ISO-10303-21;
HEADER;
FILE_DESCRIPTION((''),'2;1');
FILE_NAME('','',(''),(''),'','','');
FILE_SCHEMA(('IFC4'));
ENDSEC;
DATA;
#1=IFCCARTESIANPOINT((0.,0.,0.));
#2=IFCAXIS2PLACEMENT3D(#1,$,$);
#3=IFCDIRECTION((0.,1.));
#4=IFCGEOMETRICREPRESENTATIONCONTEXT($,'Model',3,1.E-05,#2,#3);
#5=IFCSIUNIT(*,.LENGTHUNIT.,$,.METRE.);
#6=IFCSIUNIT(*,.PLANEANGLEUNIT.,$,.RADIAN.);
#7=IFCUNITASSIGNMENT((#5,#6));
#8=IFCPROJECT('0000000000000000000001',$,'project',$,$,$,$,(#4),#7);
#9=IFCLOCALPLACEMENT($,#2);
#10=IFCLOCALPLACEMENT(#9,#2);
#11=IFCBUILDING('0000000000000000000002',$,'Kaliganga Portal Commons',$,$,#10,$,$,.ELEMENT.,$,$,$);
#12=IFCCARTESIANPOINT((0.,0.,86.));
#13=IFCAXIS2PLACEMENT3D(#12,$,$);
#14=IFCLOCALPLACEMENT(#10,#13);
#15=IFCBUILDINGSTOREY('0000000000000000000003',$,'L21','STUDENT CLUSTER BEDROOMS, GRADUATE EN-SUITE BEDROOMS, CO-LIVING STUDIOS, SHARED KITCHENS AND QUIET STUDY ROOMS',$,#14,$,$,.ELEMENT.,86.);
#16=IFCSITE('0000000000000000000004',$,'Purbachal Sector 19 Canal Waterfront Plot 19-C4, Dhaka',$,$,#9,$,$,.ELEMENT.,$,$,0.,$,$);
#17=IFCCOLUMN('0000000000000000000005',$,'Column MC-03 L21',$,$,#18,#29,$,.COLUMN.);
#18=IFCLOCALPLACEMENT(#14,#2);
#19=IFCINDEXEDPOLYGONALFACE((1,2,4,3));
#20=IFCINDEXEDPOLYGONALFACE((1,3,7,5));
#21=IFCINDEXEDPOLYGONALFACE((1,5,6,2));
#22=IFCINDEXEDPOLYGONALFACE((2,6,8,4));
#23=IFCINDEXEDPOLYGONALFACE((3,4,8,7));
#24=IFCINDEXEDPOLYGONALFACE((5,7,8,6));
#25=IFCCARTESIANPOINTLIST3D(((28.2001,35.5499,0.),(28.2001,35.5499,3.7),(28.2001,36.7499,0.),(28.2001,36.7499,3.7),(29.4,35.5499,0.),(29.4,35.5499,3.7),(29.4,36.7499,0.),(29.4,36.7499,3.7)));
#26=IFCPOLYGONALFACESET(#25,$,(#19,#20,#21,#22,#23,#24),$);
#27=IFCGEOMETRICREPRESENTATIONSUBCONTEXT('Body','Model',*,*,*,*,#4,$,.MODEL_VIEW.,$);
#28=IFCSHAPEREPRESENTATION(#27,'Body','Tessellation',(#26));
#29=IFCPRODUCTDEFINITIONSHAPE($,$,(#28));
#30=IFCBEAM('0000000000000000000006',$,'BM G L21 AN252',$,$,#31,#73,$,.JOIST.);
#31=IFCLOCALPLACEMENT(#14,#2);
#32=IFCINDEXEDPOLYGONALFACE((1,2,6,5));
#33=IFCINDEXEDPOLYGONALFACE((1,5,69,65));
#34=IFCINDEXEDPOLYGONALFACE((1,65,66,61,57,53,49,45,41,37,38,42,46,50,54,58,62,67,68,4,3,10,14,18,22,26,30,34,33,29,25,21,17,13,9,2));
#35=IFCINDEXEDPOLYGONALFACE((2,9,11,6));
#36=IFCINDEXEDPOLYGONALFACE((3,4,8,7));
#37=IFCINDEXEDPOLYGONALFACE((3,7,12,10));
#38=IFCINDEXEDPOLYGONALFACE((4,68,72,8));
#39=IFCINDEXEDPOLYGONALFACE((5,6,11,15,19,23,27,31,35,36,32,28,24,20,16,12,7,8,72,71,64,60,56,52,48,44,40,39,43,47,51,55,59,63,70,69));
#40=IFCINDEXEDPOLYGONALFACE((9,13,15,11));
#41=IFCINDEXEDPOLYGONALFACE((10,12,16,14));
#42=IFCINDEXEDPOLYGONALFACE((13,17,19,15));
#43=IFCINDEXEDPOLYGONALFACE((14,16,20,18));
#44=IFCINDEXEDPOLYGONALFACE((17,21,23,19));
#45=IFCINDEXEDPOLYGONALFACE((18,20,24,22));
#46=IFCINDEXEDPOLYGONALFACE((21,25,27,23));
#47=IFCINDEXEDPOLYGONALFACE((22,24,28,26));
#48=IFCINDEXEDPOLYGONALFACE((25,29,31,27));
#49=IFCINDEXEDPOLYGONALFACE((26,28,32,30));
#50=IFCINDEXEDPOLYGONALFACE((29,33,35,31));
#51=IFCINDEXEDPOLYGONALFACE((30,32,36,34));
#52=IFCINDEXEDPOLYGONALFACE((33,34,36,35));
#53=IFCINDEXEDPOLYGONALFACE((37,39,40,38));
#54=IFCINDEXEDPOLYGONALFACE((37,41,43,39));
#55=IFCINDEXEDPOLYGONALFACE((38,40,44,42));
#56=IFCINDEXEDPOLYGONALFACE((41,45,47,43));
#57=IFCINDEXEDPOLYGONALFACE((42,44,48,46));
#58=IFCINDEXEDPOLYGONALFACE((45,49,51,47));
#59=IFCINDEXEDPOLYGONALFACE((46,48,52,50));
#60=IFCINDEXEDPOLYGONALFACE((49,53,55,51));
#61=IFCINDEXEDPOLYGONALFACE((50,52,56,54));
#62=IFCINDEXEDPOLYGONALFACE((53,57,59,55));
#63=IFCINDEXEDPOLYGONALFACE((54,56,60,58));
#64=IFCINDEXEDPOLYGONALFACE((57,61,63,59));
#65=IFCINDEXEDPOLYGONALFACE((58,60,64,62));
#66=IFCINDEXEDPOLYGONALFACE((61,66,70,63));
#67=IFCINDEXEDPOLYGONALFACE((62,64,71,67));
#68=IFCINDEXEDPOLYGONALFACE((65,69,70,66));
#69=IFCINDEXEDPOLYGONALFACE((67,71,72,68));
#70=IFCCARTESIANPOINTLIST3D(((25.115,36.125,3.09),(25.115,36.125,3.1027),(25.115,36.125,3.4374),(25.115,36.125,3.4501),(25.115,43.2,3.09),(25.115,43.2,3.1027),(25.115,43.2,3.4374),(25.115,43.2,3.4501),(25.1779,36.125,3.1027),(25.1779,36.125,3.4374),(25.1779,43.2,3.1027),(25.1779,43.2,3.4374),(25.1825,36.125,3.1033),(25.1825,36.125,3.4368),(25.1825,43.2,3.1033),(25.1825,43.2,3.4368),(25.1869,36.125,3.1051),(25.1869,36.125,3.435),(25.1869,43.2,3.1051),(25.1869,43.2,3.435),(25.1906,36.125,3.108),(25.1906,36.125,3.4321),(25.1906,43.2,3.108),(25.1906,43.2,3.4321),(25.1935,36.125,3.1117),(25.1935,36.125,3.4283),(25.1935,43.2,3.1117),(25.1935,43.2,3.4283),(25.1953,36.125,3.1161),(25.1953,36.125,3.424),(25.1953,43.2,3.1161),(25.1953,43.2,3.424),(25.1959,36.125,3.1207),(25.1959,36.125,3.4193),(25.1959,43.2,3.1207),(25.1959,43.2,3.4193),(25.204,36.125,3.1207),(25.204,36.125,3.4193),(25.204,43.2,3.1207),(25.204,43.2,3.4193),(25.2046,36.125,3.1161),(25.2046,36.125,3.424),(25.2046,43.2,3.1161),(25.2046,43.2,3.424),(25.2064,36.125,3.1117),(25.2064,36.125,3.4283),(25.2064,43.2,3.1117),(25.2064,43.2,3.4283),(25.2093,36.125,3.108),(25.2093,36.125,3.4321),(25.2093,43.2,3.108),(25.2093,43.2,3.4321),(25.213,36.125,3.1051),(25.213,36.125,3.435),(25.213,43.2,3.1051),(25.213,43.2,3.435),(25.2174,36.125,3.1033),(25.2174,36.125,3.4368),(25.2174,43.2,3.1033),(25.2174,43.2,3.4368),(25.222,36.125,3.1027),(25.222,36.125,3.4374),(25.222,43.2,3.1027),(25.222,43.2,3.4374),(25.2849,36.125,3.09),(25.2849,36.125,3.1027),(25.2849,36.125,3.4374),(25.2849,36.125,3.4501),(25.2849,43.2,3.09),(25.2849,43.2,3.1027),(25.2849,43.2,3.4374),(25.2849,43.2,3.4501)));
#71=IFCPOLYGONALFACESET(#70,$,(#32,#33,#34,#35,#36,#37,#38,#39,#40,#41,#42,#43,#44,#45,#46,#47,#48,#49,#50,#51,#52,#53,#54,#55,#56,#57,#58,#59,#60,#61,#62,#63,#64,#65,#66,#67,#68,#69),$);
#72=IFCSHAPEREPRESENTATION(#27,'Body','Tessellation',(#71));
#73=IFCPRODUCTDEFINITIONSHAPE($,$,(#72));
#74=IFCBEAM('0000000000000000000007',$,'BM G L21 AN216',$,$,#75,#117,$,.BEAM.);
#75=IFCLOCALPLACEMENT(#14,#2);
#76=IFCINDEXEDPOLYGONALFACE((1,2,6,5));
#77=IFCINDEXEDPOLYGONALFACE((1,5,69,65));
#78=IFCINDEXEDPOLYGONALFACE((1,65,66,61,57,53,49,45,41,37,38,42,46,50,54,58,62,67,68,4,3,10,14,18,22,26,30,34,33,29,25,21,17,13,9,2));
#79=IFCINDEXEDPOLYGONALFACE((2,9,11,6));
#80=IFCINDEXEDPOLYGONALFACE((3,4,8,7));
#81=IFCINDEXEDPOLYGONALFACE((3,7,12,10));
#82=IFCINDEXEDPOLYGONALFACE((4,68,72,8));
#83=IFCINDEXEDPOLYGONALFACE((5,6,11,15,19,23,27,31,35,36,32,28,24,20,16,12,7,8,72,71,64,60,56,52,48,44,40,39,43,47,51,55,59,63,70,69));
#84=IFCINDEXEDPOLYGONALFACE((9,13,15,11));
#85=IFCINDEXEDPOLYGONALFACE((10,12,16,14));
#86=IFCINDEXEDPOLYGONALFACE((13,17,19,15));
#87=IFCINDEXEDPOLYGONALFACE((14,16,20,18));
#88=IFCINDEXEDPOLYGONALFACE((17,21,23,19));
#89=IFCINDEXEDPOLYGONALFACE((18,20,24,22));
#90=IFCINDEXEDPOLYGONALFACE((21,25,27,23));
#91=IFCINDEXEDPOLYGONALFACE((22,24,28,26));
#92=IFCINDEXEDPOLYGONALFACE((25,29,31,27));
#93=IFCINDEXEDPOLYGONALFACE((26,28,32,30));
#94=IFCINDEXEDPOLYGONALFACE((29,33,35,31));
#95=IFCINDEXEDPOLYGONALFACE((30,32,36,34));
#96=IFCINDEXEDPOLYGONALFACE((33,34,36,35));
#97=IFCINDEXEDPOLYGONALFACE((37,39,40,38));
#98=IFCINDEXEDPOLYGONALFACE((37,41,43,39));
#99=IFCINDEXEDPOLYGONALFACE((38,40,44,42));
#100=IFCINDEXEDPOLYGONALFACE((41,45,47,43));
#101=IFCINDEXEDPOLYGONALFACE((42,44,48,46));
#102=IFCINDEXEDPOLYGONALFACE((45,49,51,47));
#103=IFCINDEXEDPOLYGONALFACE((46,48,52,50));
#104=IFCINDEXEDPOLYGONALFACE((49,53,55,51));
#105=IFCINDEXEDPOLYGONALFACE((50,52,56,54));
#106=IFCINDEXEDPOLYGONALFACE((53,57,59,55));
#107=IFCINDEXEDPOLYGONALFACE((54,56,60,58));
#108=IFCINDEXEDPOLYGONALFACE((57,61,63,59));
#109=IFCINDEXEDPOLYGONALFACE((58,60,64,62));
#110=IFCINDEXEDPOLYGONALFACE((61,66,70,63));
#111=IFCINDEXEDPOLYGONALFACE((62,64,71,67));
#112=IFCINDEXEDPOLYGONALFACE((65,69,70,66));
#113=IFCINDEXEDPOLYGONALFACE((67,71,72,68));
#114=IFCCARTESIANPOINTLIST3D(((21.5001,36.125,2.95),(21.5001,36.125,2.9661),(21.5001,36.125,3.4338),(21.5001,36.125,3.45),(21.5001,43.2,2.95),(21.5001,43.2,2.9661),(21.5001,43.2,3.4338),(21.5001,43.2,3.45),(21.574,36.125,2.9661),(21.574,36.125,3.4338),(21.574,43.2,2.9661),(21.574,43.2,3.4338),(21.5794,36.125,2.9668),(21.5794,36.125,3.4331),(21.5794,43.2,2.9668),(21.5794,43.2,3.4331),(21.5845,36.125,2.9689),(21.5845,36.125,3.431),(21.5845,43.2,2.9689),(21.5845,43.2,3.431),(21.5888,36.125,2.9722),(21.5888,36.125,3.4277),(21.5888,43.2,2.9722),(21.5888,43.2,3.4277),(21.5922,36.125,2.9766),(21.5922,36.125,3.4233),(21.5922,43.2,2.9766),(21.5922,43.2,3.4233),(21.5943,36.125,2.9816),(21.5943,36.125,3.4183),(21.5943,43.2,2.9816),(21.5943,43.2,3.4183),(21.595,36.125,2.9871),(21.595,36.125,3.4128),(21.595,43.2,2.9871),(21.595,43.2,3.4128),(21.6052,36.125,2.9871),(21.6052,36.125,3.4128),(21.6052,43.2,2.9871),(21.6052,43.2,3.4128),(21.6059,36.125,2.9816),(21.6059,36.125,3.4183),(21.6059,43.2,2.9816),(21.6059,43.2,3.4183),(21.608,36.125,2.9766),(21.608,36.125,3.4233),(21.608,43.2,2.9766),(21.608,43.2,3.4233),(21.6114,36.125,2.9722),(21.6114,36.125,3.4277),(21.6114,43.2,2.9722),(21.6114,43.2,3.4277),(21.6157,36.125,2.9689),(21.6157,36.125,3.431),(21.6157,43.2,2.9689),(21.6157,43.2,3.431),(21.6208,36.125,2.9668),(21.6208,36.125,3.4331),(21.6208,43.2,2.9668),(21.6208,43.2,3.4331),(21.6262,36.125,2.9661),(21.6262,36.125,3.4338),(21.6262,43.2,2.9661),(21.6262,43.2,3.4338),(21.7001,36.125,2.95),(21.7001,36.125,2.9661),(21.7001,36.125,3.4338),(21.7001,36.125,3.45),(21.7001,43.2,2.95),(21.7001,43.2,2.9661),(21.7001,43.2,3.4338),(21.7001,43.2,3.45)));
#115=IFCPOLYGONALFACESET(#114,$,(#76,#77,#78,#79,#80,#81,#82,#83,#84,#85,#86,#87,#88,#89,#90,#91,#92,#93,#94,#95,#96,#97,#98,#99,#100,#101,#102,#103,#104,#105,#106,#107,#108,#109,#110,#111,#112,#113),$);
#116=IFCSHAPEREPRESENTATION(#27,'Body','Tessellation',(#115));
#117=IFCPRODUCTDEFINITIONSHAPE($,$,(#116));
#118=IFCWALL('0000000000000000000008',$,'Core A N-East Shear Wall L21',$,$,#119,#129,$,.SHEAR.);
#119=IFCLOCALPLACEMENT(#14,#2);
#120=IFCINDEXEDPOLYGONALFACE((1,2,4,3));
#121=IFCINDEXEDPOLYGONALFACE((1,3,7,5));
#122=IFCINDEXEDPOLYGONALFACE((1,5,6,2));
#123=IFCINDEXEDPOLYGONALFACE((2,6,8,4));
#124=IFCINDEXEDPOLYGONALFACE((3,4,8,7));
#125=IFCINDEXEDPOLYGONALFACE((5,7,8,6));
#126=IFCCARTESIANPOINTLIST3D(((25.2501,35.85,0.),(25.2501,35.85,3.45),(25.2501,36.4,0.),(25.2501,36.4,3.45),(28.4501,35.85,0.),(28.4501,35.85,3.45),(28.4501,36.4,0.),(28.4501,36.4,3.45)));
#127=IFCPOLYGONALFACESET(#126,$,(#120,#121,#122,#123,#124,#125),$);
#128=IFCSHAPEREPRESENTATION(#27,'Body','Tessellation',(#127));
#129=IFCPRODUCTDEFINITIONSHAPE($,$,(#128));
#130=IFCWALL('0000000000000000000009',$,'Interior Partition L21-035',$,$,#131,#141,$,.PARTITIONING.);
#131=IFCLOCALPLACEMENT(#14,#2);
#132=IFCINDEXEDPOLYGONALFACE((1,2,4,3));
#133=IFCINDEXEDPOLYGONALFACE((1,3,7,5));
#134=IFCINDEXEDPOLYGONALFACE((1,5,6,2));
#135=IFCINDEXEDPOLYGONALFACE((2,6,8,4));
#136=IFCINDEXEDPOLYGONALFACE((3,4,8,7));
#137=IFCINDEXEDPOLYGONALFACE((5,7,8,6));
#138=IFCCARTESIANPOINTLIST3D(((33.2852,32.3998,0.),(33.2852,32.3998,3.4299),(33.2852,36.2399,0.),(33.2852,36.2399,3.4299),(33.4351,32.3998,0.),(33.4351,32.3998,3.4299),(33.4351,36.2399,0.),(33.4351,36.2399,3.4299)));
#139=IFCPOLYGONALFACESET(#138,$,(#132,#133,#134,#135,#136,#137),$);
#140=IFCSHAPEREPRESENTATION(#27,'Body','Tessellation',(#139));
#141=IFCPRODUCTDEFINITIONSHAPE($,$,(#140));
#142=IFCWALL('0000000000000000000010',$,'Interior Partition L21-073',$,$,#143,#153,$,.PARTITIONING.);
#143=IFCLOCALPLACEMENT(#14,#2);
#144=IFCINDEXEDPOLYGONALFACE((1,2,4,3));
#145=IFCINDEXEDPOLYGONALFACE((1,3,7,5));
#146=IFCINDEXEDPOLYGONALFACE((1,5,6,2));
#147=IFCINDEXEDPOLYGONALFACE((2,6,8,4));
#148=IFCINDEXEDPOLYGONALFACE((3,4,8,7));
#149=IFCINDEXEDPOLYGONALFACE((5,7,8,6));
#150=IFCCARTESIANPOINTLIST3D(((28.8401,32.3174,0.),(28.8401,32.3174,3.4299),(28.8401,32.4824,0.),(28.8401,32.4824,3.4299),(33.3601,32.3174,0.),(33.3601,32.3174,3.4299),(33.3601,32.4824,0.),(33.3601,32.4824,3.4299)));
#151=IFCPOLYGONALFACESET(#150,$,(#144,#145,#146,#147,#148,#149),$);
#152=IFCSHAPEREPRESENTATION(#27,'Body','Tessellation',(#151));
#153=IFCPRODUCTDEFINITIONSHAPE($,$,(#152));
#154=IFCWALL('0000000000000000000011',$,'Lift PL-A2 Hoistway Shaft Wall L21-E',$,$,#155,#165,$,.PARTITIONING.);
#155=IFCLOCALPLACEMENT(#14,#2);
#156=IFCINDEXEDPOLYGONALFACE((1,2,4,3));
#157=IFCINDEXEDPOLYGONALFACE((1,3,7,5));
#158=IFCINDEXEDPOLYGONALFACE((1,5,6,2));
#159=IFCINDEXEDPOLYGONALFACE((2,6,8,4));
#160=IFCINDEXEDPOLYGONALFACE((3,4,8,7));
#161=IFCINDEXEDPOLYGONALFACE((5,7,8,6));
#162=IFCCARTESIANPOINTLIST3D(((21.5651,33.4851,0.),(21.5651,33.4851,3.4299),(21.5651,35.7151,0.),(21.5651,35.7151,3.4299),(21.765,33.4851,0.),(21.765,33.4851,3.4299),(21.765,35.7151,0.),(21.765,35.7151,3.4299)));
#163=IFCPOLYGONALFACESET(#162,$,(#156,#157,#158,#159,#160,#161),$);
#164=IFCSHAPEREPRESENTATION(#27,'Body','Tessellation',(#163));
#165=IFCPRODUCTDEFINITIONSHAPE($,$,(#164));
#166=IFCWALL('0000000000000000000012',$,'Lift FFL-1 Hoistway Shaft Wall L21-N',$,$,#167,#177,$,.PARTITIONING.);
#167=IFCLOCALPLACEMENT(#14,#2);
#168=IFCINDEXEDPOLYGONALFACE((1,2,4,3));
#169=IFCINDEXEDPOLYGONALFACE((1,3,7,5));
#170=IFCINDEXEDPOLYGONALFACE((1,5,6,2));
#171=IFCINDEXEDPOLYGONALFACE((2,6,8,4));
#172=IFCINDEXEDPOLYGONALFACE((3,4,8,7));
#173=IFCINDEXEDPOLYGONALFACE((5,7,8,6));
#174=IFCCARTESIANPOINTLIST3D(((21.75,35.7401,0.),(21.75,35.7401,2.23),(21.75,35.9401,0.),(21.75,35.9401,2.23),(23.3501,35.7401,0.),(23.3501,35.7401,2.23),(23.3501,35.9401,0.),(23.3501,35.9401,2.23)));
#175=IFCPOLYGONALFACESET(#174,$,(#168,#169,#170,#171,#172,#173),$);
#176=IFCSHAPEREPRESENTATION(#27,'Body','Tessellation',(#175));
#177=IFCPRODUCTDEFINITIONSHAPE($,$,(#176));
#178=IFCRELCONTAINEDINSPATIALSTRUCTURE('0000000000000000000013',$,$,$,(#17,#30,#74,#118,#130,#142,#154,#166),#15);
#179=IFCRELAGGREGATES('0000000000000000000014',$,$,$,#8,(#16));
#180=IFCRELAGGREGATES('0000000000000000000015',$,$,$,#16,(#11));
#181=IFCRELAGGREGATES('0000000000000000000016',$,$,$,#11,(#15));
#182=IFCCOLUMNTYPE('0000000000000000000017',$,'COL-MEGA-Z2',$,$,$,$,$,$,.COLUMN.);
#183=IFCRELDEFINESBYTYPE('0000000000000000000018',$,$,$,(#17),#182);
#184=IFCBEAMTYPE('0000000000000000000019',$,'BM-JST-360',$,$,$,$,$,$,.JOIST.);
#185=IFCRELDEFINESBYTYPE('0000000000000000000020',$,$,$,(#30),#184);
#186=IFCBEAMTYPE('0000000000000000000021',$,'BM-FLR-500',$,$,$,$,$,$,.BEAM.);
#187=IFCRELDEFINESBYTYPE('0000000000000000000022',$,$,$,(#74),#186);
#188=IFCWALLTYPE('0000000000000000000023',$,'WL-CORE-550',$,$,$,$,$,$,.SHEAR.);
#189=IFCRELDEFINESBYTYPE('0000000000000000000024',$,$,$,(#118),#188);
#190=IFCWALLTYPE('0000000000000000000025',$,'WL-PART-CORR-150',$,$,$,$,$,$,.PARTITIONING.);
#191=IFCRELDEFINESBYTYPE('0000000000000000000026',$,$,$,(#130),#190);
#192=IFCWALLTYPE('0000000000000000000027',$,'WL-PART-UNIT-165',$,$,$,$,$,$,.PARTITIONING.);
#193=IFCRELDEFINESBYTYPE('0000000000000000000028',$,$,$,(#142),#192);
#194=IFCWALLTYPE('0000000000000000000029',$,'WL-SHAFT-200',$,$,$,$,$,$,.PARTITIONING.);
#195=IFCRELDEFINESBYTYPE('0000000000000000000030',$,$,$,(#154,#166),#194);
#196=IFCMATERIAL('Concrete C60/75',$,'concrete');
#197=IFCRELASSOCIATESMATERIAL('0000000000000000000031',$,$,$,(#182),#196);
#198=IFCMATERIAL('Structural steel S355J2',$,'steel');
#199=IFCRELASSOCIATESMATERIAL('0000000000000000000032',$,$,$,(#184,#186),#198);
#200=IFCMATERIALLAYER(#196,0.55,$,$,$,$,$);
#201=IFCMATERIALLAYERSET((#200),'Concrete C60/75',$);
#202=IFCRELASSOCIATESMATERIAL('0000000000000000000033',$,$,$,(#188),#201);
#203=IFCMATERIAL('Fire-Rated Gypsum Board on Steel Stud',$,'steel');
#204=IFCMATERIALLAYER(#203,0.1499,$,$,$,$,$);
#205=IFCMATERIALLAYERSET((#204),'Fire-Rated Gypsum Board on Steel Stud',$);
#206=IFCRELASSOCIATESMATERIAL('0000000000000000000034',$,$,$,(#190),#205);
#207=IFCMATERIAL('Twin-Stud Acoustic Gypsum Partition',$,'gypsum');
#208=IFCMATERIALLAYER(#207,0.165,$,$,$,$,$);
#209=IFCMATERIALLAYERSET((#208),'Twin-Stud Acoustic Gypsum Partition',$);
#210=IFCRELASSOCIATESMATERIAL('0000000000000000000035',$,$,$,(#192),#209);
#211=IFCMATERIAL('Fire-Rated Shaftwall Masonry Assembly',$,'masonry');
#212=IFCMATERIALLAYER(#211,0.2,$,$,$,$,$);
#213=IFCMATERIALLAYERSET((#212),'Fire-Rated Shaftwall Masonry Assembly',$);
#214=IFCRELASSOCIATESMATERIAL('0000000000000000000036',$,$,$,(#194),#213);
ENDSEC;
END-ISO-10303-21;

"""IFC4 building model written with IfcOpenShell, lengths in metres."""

from ifc_helpers import new_model, si_unit, direction, frame, frame_2d, origin, origin_2d, place, context, subcontext, project, spatial, rectangle, i_section, extrude, source, transform, mapped, material, layer, layer_set, material_profile, profile_set, type_object, element, save


model = new_model("IFC4")

# Units and contexts
model_context = context("Model", 3, precision=1e-05, world=origin(), true_north=direction((0.0, 1.0)))
body_context = subcontext(model_context, "Body", "Model", "MODEL_VIEW")
ifc_project = project(units=[si_unit("LENGTHUNIT", "METRE"), si_unit("PLANEANGLEUNIT", "RADIAN")], contexts=[model_context])

# Site, building, storey
site_placement = place(None, origin())
site = spatial("IfcSite", under=ifc_project, at=site_placement, Name="Purbachal Sector 19 Canal Waterfront Plot 19-C4, Dhaka", CompositionType="ELEMENT", RefElevation=0.0)
building_placement = place(site_placement, origin())
building = spatial("IfcBuilding", under=site, at=building_placement, Name="Kaliganga Portal Commons", CompositionType="ELEMENT")
storey_placement = place(building_placement, frame((0.0, 0.0, 86.0)))
storey = spatial("IfcBuildingStorey", under=building, at=storey_placement, Name="L21", Description="STUDENT CLUSTER BEDROOMS, GRADUATE EN-SUITE BEDROOMS, CO-LIVING STUDIOS, SHARED KITCHENS AND QUIET STUDY ROOMS", CompositionType="ELEMENT", Elevation=86.0)

# Column
ifc_material_1 = material(Name="Concrete C60/75", Category="concrete")
ifc_material_profile_1 = material_profile(ifc_material_1, rectangle(XDim=1.2, YDim=1.2, at=origin_2d()), Name="RC 1200x1200")
ifc_profile_set_1 = profile_set([ifc_material_profile_1], Name="Concrete C60/75")
column_type = type_object("IfcColumnType", Name="COL-MEGA-Z2", PredefinedType="COLUMN", material=ifc_profile_set_1)
shared_shape_1 = source(origin(), body_context, "Body", "SweptSolid", [
    extrude(rectangle(XDim=1.2, YDim=1.2, at=origin_2d()), origin(), (0.0, 0.0, 1.0), 3.7),
])
column_placement = place(storey_placement, frame((28.8, 36.1499, 0.0), z_axis=(0.0, 0.0, 1.0), x_axis=(1.0, 0.0, 0.0)))
element("IfcColumn", 1, at=column_placement, inside=storey, type_object=column_type, Name="Column MC-03 L21", PredefinedType="COLUMN", context=body_context, shape_type="MappedRepresentation", body=[
    mapped(shared_shape_1, transform((0.0, 0.0, 0.0), x_axis=(1.0, 0.0, 0.0), y_axis=(0.0, 1.0, 0.0), z_axis=(0.0, 0.0, 1.0), scale=1.0)),
])

# Beams
ifc_material_2 = material(Name="Structural steel S355J2", Category="steel")
ifc_material_profile_2 = material_profile(ifc_material_2, i_section(OverallWidth=0.1699, OverallDepth=0.3601, WebThickness=0.0081, FlangeThickness=0.0127, FilletRadius=0.0181, at=origin_2d()), Name="IPE 360")
ifc_profile_set_2 = profile_set([ifc_material_profile_2], Name="Structural steel S355J2 wide-flange")
beam_type_1 = type_object("IfcBeamType", Name="BM-JST-360", PredefinedType="JOIST", material=ifc_profile_set_2)
shared_shape_2 = source(origin(), body_context, "Body", "SweptSolid", [
    extrude(i_section(OverallWidth=0.1699, OverallDepth=0.3601, WebThickness=0.0081, FlangeThickness=0.0127, FilletRadius=0.0181, at=origin_2d()), origin(), (0.0, 0.0, 1.0), 7.075),
])
beam_1_placement = place(storey_placement, frame((25.2, 36.125, 3.27), z_axis=(0.0, 1.0, 0.0), x_axis=(-1.0, 0.0, 0.0)))
element("IfcBeam", 2, at=beam_1_placement, inside=storey, type_object=beam_type_1, Name="BM G L21 AN252", PredefinedType="JOIST", context=body_context, shape_type="MappedRepresentation", body=[
    mapped(shared_shape_2, transform((0.0, 0.0, 0.0), x_axis=(1.0, 0.0, 0.0), y_axis=(0.0, 1.0, 0.0), z_axis=(0.0, 0.0, 1.0), scale=1.0)),
])
ifc_material_profile_3 = material_profile(ifc_material_2, i_section(OverallWidth=0.2, OverallDepth=0.5, WebThickness=0.0103, FlangeThickness=0.0161, FilletRadius=0.021, at=origin_2d()), Name="IPE 500")
ifc_profile_set_3 = profile_set([ifc_material_profile_3], Name="Structural steel S355J2 wide-flange")
beam_type_2 = type_object("IfcBeamType", Name="BM-FLR-500", PredefinedType="BEAM", material=ifc_profile_set_3)
shared_shape_3 = source(origin(), body_context, "Body", "SweptSolid", [
    extrude(i_section(OverallWidth=0.2, OverallDepth=0.5, WebThickness=0.0103, FlangeThickness=0.0161, FilletRadius=0.021, at=origin_2d()), origin(), (0.0, 0.0, 1.0), 7.075),
])
beam_2_placement = place(storey_placement, frame((21.6001, 36.125, 3.2), z_axis=(0.0, 1.0, 0.0), x_axis=(-1.0, 0.0, 0.0)))
element("IfcBeam", 3, at=beam_2_placement, inside=storey, type_object=beam_type_2, Name="BM G L21 AN216", PredefinedType="BEAM", context=body_context, shape_type="MappedRepresentation", body=[
    mapped(shared_shape_3, transform((0.0, 0.0, 0.0), x_axis=(1.0, 0.0, 0.0), y_axis=(0.0, 1.0, 0.0), z_axis=(0.0, 0.0, 1.0), scale=1.0)),
])

# Walls
ifc_layer_1 = layer(ifc_material_1, 0.55)
ifc_layer_set_1 = layer_set([ifc_layer_1], Name="Concrete C60/75")
wall_type_1 = type_object("IfcWallType", Name="WL-CORE-550", PredefinedType="SHEAR", material=ifc_layer_set_1)
wall_1_placement = place(storey_placement, frame((25.25, 36.125, 0.0), z_axis=(0.0, 0.0, 1.0), x_axis=(1.0, 0.0, 0.0)))
element("IfcWall", 4, at=wall_1_placement, inside=storey, type_object=wall_type_1, Name="Core A N-East Shear Wall L21", PredefinedType="SHEAR", context=body_context, shape_type="SweptSolid", body=[
    extrude(rectangle(XDim=3.2, YDim=0.55, at=frame_2d((1.6001, 0.0))), origin(), (0.0, 0.0, 1.0), 3.45),
])
ifc_material_3 = material(Name="Fire-Rated Gypsum Board on Steel Stud", Category="steel")
ifc_layer_2 = layer(ifc_material_3, 0.1499)
ifc_layer_set_2 = layer_set([ifc_layer_2], Name="Fire-Rated Gypsum Board on Steel Stud")
wall_type_2 = type_object("IfcWallType", Name="WL-PART-CORR-150", PredefinedType="PARTITIONING", material=ifc_layer_set_2)
wall_2_placement = place(storey_placement, frame((33.3601, 32.3999, 0.0), z_axis=(0.0, 0.0, 1.0), x_axis=(0.0, 1.0, 0.0)))
element("IfcWall", 5, at=wall_2_placement, inside=storey, type_object=wall_type_2, Name="Interior Partition L21-035", PredefinedType="PARTITIONING", context=body_context, shape_type="SweptSolid", body=[
    extrude(rectangle(XDim=3.8401, YDim=0.1499, at=frame_2d((1.9199, 0.0))), origin(), (0.0, 0.0, 1.0), 3.4299),
])
ifc_material_4 = material(Name="Twin-Stud Acoustic Gypsum Partition", Category="gypsum")
ifc_layer_3 = layer(ifc_material_4, 0.165)
ifc_layer_set_3 = layer_set([ifc_layer_3], Name="Twin-Stud Acoustic Gypsum Partition")
wall_type_3 = type_object("IfcWallType", Name="WL-PART-UNIT-165", PredefinedType="PARTITIONING", material=ifc_layer_set_3)
wall_3_placement = place(storey_placement, frame((28.8401, 32.3999, 0.0), z_axis=(0.0, 0.0, 1.0), x_axis=(1.0, 0.0, 0.0)))
element("IfcWall", 6, at=wall_3_placement, inside=storey, type_object=wall_type_3, Name="Interior Partition L21-073", PredefinedType="PARTITIONING", context=body_context, shape_type="SweptSolid", body=[
    extrude(rectangle(XDim=4.52, YDim=0.165, at=frame_2d((2.26, 0.0))), origin(), (0.0, 0.0, 1.0), 3.4299),
])
ifc_material_5 = material(Name="Fire-Rated Shaftwall Masonry Assembly", Category="masonry")
ifc_layer_4 = layer(ifc_material_5, 0.2)
ifc_layer_set_4 = layer_set([ifc_layer_4], Name="Fire-Rated Shaftwall Masonry Assembly")
wall_type_4 = type_object("IfcWallType", Name="WL-SHAFT-200", PredefinedType="PARTITIONING", material=ifc_layer_set_4)
wall_4_placement = place(storey_placement, frame((21.665, 33.4851, 0.0), z_axis=(0.0, 0.0, 1.0), x_axis=(0.0, 1.0, 0.0)))
element("IfcWall", 7, at=wall_4_placement, inside=storey, type_object=wall_type_4, Name="Lift PL-A2 Hoistway Shaft Wall L21-E", PredefinedType="PARTITIONING", context=body_context, shape_type="SweptSolid", body=[
    extrude(rectangle(XDim=2.23, YDim=0.2, at=frame_2d((1.115, 0.0))), origin(), (0.0, 0.0, 1.0), 3.4299),
])

# Wall
wall_5_placement = place(storey_placement, frame((21.75, 35.8401, 0.0), z_axis=(0.0, 0.0, 1.0), x_axis=(1.0, 0.0, 0.0)))
element("IfcWall", 8, at=wall_5_placement, inside=storey, type_object=wall_type_4, Name="Lift FFL-1 Hoistway Shaft Wall L21-N", PredefinedType="PARTITIONING", context=body_context, shape_type="SweptSolid", body=[
    extrude(rectangle(XDim=1.6001, YDim=0.2, at=frame_2d((0.8, 0.0))), origin(), (0.0, 0.0, 1.0), 2.23),
])

save(model, "model.ifc")
